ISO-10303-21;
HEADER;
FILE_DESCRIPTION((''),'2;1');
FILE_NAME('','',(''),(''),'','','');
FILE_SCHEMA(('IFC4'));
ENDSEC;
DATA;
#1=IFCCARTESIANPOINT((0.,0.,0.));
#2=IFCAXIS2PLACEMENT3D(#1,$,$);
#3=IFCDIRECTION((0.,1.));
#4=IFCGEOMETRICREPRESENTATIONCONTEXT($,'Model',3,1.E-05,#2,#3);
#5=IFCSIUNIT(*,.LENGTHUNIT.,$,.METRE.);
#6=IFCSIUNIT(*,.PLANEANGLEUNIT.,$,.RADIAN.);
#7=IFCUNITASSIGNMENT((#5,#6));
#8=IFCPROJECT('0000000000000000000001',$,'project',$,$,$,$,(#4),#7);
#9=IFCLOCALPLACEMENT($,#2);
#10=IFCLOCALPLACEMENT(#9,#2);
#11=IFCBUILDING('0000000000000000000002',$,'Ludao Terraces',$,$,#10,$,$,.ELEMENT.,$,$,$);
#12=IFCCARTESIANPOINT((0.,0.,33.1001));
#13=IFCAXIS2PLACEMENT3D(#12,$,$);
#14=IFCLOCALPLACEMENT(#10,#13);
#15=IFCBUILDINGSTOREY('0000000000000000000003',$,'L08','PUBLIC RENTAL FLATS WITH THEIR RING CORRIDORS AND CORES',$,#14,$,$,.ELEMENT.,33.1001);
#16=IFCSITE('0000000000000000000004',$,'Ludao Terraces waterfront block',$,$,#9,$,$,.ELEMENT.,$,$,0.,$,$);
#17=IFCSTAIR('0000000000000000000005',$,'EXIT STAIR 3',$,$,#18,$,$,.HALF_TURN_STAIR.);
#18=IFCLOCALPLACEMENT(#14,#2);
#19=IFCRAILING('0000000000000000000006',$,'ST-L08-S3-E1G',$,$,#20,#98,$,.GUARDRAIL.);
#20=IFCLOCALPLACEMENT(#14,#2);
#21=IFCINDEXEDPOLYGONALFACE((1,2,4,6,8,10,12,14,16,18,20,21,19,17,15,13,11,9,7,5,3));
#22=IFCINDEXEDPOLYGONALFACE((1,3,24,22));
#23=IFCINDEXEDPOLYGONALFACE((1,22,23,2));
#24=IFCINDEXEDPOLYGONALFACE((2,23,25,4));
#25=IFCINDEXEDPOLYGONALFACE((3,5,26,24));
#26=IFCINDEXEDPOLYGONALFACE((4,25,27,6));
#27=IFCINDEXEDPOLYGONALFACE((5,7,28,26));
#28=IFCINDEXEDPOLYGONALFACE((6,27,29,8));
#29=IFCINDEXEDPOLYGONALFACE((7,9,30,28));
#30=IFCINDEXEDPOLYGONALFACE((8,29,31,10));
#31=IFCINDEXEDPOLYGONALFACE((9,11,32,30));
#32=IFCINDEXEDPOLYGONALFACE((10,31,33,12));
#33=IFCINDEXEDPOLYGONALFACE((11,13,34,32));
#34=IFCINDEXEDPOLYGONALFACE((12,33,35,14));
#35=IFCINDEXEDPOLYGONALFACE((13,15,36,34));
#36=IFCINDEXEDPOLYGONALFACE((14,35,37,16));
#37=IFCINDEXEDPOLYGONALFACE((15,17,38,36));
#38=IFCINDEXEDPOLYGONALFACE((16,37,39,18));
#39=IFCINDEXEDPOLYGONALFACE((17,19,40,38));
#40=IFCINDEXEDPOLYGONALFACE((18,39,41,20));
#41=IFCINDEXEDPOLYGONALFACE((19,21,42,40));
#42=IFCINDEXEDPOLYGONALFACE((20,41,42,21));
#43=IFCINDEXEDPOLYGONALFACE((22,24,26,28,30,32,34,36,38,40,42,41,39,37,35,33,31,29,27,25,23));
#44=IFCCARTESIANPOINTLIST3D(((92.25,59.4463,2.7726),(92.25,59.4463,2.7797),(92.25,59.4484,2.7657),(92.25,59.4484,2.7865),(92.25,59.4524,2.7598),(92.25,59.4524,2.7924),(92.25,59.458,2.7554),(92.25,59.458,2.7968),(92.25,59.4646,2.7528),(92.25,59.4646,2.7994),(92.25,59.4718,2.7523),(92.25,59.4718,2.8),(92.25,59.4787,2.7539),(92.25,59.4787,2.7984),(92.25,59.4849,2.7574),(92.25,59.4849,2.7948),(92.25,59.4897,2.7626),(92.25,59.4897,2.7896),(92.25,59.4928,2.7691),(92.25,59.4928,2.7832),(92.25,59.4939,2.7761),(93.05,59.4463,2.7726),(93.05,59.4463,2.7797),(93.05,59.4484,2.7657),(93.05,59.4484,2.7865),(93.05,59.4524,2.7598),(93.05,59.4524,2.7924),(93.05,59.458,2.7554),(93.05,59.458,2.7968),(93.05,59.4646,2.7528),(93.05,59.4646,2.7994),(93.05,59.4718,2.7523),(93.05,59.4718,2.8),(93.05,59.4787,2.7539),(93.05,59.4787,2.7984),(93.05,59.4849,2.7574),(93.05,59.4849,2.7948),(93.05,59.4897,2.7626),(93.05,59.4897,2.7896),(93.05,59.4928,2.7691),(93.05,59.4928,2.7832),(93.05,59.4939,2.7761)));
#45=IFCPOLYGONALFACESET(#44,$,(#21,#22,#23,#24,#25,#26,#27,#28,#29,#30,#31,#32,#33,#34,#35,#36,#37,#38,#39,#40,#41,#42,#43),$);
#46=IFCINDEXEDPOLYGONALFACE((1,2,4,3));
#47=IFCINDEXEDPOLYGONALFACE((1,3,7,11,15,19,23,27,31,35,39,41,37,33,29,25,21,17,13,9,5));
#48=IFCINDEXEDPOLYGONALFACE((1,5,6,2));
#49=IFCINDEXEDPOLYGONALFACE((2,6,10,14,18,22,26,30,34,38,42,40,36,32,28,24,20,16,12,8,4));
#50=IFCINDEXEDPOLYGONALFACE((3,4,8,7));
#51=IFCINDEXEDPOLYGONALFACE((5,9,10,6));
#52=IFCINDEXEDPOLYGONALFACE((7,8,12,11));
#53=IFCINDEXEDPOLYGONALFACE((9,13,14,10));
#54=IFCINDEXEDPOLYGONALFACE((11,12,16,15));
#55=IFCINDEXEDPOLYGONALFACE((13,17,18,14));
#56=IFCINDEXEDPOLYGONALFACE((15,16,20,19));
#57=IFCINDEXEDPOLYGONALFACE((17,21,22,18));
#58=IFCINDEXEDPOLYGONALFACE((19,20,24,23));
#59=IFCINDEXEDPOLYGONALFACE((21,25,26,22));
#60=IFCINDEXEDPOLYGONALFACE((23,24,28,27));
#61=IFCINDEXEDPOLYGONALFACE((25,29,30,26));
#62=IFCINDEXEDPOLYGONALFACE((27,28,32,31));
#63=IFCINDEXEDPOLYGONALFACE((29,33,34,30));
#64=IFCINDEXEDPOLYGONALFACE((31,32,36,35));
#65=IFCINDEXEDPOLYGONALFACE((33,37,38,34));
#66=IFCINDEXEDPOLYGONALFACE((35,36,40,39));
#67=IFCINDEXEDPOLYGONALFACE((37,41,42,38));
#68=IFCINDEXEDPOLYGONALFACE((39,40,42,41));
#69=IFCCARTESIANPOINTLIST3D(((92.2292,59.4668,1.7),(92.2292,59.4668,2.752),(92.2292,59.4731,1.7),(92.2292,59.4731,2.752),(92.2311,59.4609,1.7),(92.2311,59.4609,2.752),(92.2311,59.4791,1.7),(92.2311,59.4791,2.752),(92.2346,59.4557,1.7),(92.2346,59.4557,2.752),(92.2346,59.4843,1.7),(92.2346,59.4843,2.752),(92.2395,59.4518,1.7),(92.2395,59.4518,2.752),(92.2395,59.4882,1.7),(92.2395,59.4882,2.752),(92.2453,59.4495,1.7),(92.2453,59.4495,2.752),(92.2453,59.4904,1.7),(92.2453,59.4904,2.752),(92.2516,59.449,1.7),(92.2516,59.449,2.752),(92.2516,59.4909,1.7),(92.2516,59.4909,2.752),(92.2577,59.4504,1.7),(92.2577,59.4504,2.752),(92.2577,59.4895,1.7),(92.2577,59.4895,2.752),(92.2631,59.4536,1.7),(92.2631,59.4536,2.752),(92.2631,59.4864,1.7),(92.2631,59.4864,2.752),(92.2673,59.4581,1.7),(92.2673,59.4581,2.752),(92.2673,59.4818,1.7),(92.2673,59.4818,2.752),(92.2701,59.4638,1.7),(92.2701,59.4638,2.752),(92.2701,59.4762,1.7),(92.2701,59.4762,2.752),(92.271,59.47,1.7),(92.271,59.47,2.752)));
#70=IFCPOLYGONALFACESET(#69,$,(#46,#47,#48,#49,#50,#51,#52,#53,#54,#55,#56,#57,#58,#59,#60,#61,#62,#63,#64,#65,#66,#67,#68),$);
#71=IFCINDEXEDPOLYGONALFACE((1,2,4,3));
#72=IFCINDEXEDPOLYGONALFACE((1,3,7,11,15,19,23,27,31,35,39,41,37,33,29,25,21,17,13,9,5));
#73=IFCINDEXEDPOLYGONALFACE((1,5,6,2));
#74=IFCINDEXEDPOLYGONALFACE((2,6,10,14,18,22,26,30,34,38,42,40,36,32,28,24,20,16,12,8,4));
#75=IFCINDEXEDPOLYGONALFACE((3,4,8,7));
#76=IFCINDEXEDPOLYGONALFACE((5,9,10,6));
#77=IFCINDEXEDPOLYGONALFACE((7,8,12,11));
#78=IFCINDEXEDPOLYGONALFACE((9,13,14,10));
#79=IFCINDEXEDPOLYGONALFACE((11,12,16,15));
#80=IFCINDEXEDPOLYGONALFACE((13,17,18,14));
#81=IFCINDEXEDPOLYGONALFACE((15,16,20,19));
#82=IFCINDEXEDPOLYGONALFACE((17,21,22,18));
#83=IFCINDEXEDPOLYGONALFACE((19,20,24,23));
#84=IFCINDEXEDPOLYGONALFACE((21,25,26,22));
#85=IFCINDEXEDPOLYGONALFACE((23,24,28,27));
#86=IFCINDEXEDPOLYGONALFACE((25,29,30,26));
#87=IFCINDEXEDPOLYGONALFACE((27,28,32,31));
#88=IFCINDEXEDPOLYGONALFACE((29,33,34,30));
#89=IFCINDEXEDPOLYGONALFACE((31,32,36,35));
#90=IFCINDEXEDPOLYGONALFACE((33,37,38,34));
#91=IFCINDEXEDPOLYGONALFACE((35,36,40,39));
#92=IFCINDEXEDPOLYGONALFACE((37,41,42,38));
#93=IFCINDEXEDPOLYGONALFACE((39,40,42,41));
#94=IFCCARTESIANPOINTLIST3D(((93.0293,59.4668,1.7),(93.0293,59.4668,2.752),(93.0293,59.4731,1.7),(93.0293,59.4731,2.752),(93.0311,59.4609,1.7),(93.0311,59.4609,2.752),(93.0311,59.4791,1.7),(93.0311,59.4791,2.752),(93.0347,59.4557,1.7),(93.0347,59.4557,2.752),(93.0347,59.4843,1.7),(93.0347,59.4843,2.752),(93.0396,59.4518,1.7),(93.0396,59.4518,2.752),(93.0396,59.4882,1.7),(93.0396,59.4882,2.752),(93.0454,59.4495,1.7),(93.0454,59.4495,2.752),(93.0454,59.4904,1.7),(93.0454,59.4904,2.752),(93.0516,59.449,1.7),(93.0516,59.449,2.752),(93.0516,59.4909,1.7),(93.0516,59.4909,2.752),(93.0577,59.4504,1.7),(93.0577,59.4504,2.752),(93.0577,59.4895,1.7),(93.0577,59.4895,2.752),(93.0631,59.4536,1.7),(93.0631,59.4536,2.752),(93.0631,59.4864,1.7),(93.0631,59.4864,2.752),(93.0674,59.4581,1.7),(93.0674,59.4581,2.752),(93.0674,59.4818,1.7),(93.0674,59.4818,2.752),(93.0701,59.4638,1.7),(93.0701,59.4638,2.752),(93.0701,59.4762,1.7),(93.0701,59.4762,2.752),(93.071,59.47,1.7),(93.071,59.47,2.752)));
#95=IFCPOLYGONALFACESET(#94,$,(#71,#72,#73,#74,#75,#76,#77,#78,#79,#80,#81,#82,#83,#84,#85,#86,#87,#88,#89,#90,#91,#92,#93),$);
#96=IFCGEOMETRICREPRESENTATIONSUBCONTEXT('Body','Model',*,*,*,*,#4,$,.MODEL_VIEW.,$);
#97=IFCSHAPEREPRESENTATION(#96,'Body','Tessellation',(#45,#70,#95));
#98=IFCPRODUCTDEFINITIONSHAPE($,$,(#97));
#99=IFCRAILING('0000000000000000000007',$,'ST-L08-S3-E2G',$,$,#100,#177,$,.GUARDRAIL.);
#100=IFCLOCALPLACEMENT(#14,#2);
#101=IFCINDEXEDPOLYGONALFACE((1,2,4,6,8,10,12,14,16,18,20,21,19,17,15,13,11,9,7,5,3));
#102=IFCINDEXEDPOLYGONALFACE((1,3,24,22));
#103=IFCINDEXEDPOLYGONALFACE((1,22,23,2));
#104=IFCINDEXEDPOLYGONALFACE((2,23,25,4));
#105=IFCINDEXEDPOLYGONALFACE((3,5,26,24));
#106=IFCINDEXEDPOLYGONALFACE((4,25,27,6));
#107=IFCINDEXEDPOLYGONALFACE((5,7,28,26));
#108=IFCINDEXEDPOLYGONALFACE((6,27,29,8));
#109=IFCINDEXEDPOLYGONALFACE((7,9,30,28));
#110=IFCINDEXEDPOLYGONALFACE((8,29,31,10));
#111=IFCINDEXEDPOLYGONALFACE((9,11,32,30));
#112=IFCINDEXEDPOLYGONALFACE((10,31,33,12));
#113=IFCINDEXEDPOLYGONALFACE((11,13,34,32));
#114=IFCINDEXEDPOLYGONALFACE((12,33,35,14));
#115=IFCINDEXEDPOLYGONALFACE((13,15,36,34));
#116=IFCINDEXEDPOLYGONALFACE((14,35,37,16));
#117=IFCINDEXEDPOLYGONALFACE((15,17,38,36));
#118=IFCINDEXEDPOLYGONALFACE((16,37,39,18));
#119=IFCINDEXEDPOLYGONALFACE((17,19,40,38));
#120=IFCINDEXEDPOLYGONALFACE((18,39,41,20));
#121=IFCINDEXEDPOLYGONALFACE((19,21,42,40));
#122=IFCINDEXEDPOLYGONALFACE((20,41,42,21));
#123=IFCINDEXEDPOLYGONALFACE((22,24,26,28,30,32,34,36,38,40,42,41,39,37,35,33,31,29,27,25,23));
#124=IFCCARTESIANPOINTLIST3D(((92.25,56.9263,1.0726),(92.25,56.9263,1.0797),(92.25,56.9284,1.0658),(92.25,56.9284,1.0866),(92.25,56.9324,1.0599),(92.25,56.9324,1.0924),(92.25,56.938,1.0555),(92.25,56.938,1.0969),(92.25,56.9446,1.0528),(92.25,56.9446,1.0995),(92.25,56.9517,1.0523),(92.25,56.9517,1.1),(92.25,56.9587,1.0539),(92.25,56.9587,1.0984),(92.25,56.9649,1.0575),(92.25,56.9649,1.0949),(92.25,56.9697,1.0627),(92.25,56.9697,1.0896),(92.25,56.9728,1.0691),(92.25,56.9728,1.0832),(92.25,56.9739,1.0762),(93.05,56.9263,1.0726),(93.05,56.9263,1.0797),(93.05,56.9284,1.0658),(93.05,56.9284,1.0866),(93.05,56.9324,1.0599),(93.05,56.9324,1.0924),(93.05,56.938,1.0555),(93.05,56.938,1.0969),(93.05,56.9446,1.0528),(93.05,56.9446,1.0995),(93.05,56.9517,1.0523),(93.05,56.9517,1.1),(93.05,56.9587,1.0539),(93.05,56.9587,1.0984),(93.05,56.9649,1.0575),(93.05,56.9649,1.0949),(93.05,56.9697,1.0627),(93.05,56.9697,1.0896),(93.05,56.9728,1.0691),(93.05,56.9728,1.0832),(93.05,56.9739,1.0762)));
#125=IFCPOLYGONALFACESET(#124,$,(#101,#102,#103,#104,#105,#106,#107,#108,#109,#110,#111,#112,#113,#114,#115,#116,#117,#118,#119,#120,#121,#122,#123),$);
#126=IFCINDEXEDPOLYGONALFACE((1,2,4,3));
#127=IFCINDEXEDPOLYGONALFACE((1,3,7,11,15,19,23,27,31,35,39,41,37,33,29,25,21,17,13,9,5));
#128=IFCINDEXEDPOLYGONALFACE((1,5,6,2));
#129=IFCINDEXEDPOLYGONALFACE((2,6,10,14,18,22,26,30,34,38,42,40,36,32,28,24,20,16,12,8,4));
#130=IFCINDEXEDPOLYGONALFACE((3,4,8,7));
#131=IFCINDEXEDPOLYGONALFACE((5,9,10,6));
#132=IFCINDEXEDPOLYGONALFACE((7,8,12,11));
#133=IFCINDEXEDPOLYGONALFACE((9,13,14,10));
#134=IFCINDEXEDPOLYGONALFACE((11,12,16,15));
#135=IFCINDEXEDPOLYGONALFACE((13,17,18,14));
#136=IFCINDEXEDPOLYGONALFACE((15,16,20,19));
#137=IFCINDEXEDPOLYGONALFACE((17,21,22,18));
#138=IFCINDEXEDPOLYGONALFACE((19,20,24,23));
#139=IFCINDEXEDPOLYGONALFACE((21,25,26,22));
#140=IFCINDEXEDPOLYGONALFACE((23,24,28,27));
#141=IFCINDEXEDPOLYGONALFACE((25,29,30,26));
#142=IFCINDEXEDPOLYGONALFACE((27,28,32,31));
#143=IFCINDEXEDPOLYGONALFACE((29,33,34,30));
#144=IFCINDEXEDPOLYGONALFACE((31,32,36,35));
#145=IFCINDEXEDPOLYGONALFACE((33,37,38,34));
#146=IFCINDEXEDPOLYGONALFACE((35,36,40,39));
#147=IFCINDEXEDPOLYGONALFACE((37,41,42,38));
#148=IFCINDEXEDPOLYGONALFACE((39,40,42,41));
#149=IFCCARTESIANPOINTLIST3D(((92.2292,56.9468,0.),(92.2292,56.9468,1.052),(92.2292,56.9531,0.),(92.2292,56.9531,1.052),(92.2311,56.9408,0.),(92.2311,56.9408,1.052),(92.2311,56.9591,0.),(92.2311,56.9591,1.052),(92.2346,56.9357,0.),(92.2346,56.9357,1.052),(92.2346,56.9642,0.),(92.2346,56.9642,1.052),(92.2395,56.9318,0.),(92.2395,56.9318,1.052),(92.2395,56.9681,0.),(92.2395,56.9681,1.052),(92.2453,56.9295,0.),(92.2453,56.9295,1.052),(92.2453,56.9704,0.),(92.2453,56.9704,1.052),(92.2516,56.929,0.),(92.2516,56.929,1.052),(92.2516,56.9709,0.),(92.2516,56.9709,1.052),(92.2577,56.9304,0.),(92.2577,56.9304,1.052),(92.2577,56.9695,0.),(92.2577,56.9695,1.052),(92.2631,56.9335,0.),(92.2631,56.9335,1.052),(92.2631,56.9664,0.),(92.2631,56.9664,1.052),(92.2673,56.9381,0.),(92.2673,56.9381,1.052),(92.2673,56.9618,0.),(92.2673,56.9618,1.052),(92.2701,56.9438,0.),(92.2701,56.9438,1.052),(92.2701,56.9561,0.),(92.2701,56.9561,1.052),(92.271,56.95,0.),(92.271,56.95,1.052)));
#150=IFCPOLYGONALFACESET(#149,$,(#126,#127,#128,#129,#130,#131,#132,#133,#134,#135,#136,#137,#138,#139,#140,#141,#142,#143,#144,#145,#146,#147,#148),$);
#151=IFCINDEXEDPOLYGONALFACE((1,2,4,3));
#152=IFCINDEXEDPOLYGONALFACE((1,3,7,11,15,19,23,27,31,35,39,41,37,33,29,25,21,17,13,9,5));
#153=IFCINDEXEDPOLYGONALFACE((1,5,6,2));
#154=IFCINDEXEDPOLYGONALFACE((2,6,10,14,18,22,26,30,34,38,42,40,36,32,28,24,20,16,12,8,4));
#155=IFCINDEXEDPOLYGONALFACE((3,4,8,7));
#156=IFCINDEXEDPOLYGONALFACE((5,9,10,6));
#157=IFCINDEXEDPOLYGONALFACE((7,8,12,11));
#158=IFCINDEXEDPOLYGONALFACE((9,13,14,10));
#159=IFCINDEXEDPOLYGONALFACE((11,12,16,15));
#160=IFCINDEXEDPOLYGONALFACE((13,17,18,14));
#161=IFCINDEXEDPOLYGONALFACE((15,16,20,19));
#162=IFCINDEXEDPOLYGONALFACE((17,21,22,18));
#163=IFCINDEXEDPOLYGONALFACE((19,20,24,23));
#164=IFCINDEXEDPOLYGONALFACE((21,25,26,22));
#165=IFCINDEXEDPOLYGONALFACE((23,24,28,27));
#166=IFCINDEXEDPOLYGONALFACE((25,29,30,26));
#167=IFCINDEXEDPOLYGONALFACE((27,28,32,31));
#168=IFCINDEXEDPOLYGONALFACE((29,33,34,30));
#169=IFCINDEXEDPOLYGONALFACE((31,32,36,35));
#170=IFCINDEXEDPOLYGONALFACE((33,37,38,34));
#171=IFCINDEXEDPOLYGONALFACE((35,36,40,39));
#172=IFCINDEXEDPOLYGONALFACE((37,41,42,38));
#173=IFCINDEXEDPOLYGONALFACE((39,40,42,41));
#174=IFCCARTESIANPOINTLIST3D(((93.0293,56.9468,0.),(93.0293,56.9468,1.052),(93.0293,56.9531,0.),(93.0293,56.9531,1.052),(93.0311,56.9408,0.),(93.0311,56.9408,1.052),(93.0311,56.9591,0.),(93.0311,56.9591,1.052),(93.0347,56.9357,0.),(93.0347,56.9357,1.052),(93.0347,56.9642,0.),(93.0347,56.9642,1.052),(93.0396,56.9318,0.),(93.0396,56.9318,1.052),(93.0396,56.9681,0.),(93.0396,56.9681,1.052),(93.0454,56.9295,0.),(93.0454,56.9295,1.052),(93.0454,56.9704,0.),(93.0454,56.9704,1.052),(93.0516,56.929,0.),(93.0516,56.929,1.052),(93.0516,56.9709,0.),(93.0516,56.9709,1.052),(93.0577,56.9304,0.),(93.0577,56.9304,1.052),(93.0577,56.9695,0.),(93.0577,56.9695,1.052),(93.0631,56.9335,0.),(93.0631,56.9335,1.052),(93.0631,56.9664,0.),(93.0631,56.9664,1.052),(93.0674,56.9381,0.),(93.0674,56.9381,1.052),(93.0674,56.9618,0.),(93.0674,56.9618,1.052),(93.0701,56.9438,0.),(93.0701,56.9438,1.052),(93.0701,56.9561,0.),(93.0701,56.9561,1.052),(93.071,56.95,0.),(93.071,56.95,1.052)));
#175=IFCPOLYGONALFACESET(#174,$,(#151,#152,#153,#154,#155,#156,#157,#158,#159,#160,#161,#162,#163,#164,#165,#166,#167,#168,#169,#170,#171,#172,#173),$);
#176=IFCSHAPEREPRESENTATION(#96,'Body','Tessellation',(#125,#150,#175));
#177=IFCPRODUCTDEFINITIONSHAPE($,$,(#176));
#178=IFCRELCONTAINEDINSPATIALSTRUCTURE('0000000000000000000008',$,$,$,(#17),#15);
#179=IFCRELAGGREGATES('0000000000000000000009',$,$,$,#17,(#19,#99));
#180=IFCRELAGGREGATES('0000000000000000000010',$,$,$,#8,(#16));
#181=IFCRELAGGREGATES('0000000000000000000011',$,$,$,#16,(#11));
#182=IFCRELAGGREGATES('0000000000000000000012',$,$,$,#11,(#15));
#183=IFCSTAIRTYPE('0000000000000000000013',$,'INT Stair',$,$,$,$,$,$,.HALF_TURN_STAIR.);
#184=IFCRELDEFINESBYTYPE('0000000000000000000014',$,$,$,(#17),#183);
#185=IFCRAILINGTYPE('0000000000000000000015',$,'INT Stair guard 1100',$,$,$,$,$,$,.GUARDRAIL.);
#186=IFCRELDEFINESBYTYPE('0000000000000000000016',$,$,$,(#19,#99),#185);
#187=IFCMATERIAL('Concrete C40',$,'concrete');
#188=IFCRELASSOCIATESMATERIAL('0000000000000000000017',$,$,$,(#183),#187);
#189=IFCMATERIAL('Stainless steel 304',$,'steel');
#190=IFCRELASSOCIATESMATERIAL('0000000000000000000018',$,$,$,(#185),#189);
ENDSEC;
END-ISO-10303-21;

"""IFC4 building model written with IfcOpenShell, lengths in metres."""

from ifc_helpers import new_model, si_unit, direction, frame, origin, origin_2d, place, context, subcontext, project, spatial, circle, extrude, material, type_object, element, aggregate, save


model = new_model("IFC4")

# Units and contexts
model_context = context("Model", 3, precision=1e-05, world=origin(), true_north=direction((0.0, 1.0)))
body_context = subcontext(model_context, "Body", "Model", "MODEL_VIEW")
ifc_project = project(units=[si_unit("LENGTHUNIT", "METRE"), si_unit("PLANEANGLEUNIT", "RADIAN")], contexts=[model_context])

# Site, building, storey
site_placement = place(None, origin())
site = spatial("IfcSite", under=ifc_project, at=site_placement, Name="Ludao Terraces waterfront block", CompositionType="ELEMENT", RefElevation=0.0)
building_placement = place(site_placement, origin())
building = spatial("IfcBuilding", under=site, at=building_placement, Name="Ludao Terraces", CompositionType="ELEMENT")
storey_placement = place(building_placement, frame((0.0, 0.0, 33.1001)))
storey = spatial("IfcBuildingStorey", under=building, at=storey_placement, Name="L08", Description="PUBLIC RENTAL FLATS WITH THEIR RING CORRIDORS AND CORES", CompositionType="ELEMENT", Elevation=33.1001)

# Stair, railings
ifc_material_1 = material(Name="Concrete C40", Category="concrete")
stair_type = type_object("IfcStairType", Name="INT Stair", PredefinedType="HALF_TURN_STAIR", material=ifc_material_1)
stair_placement = place(storey_placement, origin())
stair = element("IfcStair", 1, at=stair_placement, inside=storey, type_object=stair_type, Name="EXIT STAIR 3", PredefinedType="HALF_TURN_STAIR")
ifc_material_2 = material(Name="Stainless steel 304", Category="steel")
railing_type_1 = type_object("IfcRailingType", Name="INT Stair guard 1100", PredefinedType="GUARDRAIL", material=ifc_material_2)
railing_1_placement = place(storey_placement, frame((92.25, 59.47, 1.7)))
railing_1 = element("IfcRailing", 2, at=railing_1_placement, type_object=railing_type_1, Name="ST-L08-S3-E1G", PredefinedType="GUARDRAIL", context=body_context, shape_type="SweptSolid", body=[
    extrude(circle(Radius=0.0239, at=origin_2d()), frame((0.0, 0.0, 1.0762), z_axis=(1.0, 0.0, 0.0), x_axis=(0.0, 1.0, 0.0)), (0.0, 0.0, 1.0), 0.8),
    extrude(circle(Radius=0.021, at=origin_2d()), origin(), (0.0, 0.0, 1.0), 1.052),
    extrude(circle(Radius=0.021, at=origin_2d()), frame((0.8, 0.0, 0.0)), (0.0, 0.0, 1.0), 1.052),
])
railing_2_placement = place(storey_placement, frame((92.25, 56.95, 0.0)))
railing_2 = element("IfcRailing", 3, at=railing_2_placement, type_object=railing_type_1, Name="ST-L08-S3-E2G", PredefinedType="GUARDRAIL", context=body_context, shape_type="SweptSolid", body=[
    extrude(circle(Radius=0.0239, at=origin_2d()), frame((0.0, 0.0, 1.0762), z_axis=(1.0, 0.0, 0.0), x_axis=(0.0, 1.0, 0.0)), (0.0, 0.0, 1.0), 0.8),
    extrude(circle(Radius=0.021, at=origin_2d()), origin(), (0.0, 0.0, 1.0), 1.052),
    extrude(circle(Radius=0.021, at=origin_2d()), frame((0.8, 0.0, 0.0)), (0.0, 0.0, 1.0), 1.052),
])
aggregate(stair, [railing_1, railing_2])

save(model, "model.ifc")
